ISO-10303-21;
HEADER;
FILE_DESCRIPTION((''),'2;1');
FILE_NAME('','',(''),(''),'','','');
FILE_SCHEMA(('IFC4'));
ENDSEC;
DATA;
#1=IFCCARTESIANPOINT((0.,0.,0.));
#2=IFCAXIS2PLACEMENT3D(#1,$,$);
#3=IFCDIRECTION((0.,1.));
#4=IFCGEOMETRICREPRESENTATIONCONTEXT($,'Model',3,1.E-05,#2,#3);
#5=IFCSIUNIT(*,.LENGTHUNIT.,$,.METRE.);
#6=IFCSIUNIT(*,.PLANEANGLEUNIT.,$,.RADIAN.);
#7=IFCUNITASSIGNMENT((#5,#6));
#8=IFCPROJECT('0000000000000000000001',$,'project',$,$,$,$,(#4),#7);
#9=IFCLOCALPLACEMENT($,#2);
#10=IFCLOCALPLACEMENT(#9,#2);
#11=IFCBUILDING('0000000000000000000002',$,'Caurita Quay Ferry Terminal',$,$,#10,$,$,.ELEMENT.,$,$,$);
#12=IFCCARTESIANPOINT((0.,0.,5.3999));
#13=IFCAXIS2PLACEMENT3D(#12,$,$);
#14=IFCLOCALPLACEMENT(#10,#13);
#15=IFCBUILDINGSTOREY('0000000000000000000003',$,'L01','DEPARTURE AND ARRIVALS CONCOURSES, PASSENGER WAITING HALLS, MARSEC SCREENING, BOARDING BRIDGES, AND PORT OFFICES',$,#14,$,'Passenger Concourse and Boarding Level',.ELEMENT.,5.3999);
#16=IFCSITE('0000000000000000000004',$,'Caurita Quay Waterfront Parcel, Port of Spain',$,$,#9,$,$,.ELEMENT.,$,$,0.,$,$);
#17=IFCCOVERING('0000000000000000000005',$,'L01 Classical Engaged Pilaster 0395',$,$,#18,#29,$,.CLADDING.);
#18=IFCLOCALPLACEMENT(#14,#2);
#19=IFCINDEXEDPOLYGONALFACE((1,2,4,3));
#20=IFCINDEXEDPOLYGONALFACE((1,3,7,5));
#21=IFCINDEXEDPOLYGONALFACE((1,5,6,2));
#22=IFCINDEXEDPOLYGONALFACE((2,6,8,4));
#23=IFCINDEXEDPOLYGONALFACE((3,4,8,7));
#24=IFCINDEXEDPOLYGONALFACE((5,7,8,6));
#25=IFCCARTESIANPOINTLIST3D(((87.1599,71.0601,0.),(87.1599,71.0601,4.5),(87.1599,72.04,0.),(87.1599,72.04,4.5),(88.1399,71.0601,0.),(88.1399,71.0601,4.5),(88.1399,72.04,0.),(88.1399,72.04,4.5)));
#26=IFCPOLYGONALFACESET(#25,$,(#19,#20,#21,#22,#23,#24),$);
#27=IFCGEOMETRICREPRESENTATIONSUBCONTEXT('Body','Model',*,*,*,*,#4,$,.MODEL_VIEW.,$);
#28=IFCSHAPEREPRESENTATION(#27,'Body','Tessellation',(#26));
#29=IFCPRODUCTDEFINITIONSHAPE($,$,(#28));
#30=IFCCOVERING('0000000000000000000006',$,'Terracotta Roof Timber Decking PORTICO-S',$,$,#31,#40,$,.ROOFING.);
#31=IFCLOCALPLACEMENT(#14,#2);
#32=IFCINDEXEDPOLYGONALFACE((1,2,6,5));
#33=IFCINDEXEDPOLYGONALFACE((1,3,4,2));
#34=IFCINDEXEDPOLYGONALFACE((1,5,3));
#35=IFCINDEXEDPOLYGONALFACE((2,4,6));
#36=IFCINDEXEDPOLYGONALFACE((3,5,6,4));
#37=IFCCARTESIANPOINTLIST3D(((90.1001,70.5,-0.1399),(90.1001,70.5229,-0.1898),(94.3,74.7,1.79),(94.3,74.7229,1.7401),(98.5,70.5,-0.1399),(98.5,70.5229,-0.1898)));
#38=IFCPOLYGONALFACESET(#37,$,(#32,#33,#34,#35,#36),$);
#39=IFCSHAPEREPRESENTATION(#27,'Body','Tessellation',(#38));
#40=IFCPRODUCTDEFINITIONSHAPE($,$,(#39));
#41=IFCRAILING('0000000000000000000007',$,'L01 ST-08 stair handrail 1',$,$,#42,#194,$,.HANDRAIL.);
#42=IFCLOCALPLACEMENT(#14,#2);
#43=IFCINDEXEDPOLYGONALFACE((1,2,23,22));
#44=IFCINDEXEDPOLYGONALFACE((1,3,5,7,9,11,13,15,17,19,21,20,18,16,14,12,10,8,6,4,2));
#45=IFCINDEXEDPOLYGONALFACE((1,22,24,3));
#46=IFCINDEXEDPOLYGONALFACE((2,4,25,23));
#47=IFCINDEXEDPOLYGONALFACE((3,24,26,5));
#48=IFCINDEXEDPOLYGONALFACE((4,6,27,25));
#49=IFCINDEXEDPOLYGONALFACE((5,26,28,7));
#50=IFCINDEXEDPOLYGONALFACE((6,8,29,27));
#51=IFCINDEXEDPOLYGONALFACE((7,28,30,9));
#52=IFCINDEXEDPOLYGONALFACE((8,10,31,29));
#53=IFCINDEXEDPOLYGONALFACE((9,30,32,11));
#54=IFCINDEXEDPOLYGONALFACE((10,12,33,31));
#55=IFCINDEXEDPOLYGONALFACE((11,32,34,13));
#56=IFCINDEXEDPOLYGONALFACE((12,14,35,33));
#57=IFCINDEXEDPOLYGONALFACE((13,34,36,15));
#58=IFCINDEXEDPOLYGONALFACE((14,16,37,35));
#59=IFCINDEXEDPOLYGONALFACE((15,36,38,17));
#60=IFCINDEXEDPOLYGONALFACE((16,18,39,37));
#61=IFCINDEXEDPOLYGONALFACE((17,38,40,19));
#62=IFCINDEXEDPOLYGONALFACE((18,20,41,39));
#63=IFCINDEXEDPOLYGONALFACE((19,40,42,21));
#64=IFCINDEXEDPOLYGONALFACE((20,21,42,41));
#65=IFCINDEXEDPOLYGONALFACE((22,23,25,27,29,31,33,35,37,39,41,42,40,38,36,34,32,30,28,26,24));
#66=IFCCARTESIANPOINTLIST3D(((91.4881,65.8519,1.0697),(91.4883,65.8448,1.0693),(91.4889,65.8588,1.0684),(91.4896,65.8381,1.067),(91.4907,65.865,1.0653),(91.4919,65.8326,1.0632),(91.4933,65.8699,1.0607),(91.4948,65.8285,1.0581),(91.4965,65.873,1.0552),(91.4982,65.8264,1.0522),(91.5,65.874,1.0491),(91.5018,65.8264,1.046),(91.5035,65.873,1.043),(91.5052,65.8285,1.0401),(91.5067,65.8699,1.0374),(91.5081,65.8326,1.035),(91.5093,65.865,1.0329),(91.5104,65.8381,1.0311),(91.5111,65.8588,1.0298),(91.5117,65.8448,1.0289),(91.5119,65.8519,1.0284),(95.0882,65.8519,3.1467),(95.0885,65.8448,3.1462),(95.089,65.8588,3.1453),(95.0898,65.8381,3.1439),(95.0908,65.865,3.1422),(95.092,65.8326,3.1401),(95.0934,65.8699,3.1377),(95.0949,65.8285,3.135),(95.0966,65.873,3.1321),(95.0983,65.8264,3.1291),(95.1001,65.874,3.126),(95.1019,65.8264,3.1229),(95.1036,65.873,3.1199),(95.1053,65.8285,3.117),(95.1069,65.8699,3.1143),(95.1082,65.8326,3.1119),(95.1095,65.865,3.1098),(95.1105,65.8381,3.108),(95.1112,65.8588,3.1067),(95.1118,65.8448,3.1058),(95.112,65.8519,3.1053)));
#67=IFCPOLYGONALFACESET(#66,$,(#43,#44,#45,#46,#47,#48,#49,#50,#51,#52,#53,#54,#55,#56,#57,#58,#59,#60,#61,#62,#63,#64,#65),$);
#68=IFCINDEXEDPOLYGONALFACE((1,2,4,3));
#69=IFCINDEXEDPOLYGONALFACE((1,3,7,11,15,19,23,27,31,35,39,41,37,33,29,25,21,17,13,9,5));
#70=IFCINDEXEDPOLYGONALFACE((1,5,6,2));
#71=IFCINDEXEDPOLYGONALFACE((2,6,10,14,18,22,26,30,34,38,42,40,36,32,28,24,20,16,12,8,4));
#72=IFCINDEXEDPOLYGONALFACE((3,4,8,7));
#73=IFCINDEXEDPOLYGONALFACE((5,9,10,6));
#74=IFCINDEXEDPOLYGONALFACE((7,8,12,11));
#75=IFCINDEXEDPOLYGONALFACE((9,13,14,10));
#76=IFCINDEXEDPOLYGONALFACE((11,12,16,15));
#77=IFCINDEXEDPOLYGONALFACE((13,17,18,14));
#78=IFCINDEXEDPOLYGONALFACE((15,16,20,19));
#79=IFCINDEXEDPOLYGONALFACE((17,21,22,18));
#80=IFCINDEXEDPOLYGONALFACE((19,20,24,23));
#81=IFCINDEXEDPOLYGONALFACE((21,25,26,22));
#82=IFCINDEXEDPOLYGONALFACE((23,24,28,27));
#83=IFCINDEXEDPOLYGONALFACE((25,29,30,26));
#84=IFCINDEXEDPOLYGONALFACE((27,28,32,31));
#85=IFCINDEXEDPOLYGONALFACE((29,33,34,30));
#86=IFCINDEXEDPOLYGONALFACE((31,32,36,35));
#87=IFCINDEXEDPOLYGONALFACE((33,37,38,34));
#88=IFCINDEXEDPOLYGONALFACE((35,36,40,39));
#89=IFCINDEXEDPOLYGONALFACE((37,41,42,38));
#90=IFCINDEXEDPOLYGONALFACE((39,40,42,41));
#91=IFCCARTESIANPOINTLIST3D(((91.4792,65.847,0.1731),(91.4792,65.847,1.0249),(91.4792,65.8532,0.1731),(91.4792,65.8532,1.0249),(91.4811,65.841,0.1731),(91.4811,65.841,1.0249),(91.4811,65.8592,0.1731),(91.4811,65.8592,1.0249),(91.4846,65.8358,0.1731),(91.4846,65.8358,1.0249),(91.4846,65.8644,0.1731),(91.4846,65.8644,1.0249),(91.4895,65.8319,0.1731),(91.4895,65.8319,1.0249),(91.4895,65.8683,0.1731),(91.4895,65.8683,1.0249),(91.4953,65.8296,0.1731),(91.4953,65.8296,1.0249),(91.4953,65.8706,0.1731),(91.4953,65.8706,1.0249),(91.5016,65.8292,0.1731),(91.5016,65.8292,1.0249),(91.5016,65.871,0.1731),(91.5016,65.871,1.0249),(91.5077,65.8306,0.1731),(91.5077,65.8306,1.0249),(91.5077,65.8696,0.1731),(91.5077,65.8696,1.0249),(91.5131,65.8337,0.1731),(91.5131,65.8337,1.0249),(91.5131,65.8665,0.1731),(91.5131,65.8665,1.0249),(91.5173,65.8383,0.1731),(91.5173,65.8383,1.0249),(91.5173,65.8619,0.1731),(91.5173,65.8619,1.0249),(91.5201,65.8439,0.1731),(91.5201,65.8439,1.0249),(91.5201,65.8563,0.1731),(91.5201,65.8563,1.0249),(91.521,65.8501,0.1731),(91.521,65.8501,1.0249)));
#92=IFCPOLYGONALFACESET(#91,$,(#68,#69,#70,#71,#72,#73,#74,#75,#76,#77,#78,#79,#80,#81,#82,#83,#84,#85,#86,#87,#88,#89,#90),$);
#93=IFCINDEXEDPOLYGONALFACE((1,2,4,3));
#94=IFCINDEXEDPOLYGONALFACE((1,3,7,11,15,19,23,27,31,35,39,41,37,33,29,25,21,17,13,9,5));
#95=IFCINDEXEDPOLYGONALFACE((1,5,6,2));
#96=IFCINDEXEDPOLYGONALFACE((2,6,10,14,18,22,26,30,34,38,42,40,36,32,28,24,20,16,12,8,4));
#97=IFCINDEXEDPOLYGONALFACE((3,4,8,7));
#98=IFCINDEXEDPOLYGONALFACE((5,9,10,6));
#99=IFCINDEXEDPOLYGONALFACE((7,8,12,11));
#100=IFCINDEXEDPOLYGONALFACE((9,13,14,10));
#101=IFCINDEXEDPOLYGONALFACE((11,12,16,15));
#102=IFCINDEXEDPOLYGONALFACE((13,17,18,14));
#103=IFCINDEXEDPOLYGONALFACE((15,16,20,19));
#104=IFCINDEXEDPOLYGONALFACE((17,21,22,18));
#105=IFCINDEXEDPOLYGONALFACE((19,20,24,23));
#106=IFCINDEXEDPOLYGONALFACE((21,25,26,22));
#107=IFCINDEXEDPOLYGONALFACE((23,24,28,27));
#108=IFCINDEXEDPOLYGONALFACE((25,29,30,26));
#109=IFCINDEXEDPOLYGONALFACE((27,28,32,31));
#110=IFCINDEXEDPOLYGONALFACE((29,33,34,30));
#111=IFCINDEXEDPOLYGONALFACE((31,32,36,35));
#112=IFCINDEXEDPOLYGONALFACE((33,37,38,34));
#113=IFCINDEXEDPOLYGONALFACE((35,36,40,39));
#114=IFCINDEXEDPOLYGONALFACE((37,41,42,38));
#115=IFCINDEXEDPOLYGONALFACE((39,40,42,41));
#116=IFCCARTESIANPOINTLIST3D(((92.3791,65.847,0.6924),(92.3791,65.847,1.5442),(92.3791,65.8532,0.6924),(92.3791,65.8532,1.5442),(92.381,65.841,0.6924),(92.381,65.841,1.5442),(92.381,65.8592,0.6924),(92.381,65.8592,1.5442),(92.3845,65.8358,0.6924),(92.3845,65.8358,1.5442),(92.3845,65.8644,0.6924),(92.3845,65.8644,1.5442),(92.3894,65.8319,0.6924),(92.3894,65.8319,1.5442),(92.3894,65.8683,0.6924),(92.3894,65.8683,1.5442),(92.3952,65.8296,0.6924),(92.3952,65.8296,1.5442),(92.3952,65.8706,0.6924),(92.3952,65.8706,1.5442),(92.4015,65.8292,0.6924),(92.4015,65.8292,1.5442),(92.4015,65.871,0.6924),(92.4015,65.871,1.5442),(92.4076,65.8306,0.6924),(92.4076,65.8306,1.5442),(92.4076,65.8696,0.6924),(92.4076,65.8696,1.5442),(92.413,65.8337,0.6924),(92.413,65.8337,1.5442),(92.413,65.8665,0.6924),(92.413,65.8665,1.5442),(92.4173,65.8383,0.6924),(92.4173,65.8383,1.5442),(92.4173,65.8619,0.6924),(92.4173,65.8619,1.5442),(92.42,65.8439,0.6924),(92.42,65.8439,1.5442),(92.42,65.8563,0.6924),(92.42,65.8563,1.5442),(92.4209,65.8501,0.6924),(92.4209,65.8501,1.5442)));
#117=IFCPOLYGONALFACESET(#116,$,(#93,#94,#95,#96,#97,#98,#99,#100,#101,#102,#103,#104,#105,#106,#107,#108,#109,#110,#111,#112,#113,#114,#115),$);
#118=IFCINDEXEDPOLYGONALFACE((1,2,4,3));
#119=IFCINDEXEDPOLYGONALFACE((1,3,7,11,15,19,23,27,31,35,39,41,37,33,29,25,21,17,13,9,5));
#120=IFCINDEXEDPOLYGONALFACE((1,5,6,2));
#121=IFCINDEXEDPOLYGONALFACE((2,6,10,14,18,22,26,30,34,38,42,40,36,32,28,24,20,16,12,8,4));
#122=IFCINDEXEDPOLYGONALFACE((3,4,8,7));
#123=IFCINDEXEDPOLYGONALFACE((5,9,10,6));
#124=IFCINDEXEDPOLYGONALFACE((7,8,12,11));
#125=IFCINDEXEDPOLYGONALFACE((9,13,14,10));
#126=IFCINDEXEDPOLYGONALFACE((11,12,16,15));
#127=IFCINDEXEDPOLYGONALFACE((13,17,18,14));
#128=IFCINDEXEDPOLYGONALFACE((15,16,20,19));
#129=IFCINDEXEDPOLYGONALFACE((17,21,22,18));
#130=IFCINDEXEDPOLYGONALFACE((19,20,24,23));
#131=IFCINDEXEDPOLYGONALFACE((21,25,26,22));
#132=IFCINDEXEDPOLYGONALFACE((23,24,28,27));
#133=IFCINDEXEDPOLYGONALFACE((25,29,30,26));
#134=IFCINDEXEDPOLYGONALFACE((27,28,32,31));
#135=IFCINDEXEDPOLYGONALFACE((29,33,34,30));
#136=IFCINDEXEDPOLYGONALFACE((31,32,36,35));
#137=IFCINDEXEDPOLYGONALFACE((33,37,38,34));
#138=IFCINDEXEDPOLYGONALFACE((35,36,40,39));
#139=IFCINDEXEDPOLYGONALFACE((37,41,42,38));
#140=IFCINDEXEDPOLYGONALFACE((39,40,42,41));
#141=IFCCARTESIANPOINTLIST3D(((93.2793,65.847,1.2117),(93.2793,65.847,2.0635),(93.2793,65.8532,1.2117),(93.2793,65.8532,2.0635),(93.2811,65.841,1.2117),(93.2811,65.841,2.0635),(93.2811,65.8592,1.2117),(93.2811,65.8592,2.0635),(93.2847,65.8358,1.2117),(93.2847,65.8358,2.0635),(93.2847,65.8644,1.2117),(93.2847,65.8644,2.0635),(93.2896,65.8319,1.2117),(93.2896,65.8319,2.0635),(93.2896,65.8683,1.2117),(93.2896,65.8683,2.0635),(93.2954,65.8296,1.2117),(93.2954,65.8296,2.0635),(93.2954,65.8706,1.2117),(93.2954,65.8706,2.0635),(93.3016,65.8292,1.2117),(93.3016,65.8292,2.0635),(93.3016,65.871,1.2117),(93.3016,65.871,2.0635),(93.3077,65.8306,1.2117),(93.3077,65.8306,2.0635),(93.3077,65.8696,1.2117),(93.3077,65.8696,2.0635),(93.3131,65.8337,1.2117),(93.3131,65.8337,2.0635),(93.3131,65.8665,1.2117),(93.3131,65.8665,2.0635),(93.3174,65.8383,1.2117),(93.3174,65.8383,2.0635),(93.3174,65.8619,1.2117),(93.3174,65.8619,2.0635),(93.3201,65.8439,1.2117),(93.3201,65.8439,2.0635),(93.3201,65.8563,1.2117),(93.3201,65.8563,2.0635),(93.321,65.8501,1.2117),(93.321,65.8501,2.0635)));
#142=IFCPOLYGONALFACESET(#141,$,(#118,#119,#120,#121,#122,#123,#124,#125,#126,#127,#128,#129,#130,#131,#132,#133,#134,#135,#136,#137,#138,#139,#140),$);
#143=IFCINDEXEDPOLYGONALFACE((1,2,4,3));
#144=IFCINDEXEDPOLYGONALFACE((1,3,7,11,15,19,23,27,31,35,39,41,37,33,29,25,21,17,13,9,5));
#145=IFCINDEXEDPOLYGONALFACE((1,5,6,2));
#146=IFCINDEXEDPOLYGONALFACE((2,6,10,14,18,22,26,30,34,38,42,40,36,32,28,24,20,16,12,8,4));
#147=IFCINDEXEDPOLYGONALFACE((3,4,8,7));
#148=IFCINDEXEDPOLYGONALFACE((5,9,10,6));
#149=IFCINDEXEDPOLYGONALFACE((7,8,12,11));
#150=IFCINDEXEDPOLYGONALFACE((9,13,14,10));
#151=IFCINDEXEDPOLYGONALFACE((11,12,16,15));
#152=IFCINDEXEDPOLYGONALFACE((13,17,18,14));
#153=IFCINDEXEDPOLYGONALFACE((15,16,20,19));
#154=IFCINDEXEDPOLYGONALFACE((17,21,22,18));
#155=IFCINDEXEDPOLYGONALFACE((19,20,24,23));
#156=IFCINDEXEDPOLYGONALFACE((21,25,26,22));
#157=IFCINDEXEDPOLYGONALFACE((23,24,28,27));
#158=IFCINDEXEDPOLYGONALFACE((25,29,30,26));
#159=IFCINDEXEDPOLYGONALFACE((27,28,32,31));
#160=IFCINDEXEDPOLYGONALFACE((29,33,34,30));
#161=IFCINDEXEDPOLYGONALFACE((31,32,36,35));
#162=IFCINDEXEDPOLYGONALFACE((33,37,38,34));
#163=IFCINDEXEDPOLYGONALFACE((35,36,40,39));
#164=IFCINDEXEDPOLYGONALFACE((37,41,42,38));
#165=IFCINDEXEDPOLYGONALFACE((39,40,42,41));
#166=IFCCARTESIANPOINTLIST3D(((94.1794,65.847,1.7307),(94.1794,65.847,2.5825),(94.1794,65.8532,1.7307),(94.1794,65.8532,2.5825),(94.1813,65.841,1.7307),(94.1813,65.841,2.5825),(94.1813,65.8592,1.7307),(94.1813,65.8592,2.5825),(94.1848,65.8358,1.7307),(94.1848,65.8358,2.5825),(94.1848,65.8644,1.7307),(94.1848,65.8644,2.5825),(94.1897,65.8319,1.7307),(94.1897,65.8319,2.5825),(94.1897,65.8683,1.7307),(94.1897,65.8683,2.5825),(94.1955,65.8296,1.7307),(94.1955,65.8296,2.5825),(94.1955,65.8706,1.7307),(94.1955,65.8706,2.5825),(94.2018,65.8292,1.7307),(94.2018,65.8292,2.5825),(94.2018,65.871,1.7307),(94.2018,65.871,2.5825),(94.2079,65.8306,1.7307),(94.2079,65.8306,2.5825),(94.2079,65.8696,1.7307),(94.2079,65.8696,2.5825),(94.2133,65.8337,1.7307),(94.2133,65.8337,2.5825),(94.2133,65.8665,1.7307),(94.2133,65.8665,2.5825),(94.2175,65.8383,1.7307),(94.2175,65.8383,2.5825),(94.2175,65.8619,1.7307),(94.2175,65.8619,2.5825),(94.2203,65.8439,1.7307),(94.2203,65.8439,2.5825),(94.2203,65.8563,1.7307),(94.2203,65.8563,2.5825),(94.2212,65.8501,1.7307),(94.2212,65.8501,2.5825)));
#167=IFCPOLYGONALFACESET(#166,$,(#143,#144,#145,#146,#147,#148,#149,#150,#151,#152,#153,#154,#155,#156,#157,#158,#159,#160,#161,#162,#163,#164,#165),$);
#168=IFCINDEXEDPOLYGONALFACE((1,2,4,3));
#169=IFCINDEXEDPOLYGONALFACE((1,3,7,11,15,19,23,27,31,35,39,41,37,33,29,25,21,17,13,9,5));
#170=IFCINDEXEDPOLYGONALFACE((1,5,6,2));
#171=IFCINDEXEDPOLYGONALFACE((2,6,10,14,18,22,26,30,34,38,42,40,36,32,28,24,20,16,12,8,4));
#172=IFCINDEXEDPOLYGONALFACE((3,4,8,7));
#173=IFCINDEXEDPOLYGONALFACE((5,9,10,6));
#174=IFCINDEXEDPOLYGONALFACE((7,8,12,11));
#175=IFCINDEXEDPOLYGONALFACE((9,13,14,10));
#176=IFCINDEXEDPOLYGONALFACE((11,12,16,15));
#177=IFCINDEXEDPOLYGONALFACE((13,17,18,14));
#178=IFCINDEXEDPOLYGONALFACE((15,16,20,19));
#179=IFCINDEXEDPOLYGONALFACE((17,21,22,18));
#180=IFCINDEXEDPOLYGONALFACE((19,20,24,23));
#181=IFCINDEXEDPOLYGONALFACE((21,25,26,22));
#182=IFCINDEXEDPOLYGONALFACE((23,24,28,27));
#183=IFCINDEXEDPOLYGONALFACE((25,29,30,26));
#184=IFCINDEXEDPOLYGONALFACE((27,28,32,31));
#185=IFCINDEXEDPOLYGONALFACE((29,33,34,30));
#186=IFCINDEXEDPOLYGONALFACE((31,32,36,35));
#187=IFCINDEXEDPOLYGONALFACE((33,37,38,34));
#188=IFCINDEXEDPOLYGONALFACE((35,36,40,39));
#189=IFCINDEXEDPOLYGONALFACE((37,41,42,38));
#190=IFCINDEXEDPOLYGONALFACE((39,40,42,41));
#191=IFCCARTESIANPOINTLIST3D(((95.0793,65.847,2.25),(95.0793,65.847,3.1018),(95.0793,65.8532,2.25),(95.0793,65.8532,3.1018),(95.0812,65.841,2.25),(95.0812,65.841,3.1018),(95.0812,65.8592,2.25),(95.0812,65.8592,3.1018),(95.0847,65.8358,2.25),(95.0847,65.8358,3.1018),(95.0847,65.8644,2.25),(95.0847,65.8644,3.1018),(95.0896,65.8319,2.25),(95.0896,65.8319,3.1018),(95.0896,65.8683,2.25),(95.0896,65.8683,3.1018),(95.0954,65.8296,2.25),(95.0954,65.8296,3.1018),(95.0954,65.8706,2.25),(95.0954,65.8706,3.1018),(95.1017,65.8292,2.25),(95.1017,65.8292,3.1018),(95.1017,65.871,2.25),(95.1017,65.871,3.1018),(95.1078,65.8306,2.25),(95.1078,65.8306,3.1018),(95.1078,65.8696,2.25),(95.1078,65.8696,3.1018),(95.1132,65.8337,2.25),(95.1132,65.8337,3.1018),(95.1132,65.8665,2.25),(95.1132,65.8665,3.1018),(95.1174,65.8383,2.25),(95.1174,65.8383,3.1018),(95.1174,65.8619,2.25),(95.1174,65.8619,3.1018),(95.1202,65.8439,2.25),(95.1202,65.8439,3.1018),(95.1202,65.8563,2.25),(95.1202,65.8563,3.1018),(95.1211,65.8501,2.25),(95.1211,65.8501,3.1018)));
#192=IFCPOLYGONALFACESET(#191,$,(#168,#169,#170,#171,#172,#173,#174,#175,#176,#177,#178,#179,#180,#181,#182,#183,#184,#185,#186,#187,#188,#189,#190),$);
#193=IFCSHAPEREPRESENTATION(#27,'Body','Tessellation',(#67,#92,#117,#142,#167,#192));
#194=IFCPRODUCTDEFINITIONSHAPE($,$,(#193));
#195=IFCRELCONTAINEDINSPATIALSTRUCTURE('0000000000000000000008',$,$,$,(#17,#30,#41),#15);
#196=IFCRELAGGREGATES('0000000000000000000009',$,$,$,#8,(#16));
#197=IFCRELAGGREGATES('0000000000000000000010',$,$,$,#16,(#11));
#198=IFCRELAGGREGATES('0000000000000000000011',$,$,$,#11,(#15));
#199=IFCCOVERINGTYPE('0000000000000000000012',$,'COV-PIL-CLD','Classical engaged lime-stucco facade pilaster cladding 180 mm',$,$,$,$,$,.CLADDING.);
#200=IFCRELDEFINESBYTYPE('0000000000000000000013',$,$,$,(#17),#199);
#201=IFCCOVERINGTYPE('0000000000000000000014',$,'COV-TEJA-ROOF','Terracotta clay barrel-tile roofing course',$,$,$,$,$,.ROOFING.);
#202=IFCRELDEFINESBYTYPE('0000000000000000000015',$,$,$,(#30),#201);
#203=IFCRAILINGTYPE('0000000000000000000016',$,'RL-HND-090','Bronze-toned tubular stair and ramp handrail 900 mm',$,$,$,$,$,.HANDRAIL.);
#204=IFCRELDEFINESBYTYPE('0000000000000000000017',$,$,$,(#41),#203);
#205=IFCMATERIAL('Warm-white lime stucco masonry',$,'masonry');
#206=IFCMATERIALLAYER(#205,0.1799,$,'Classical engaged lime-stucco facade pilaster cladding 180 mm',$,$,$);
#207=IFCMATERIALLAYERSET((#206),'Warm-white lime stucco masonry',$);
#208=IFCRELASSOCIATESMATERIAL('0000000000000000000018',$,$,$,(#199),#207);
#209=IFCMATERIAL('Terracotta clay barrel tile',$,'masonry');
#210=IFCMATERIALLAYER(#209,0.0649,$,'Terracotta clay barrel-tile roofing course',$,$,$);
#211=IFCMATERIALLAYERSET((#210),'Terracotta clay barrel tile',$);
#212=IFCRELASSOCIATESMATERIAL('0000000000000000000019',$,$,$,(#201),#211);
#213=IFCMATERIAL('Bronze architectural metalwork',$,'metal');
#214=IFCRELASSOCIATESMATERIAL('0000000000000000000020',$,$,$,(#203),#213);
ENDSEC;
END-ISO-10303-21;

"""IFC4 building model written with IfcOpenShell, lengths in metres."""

from ifc_helpers import new_model, si_unit, direction, frame, origin, origin_2d, place, context, subcontext, project, spatial, polyline, rectangle, circle, outline, extrude, material, layer, layer_set, type_object, element, save


model = new_model("IFC4")

# Units and contexts
model_context = context("Model", 3, precision=1e-05, world=origin(), true_north=direction((0.0, 1.0)))
body_context = subcontext(model_context, "Body", "Model", "MODEL_VIEW")
ifc_project = project(units=[si_unit("LENGTHUNIT", "METRE"), si_unit("PLANEANGLEUNIT", "RADIAN")], contexts=[model_context])

# Site, building, storey
site_placement = place(None, origin())
site = spatial("IfcSite", under=ifc_project, at=site_placement, Name="Caurita Quay Waterfront Parcel, Port of Spain", CompositionType="ELEMENT", RefElevation=0.0)
building_placement = place(site_placement, origin())
building = spatial("IfcBuilding", under=site, at=building_placement, Name="Caurita Quay Ferry Terminal", CompositionType="ELEMENT")
storey_placement = place(building_placement, frame((0.0, 0.0, 5.3999)))
storey = spatial("IfcBuildingStorey", under=building, at=storey_placement, Name="L01", Description="DEPARTURE AND ARRIVALS CONCOURSES, PASSENGER WAITING HALLS, MARSEC SCREENING, BOARDING BRIDGES, AND PORT OFFICES", LongName="Passenger Concourse and Boarding Level", CompositionType="ELEMENT", Elevation=5.3999)

# Shared definitions
ifc_material_1 = material(Name="Warm-white lime stucco masonry", Category="masonry")

# Shared definitions
ifc_material_2 = material(Name="Terracotta clay barrel tile", Category="masonry")

# Coverings
ifc_layer_1 = layer(ifc_material_1, 0.1799, Name="Classical engaged lime-stucco facade pilaster cladding 180 mm")
ifc_layer_set_1 = layer_set([ifc_layer_1], Name="Warm-white lime stucco masonry")
covering_type_1 = type_object("IfcCoveringType", Name="COV-PIL-CLD", Description="Classical engaged lime-stucco facade pilaster cladding 180 mm", PredefinedType="CLADDING", material=ifc_layer_set_1)
covering_1_placement = place(storey_placement, frame((87.6499, 71.55, 0.0), z_axis=(0.0, 0.0, 1.0), x_axis=(1.0, 0.0, 0.0)))
element("IfcCovering", 1, at=covering_1_placement, inside=storey, type_object=covering_type_1, Name="L01 Classical Engaged Pilaster 0395", PredefinedType="CLADDING", context=body_context, shape_type="SweptSolid", body=[
    extrude(rectangle(XDim=0.98, YDim=0.98, at=origin_2d()), origin(), (0.0, 0.0, 1.0), 4.5),
])
ifc_layer_2 = layer(ifc_material_2, 0.0649, Name="Terracotta clay barrel-tile roofing course")
ifc_layer_set_2 = layer_set([ifc_layer_2], Name="Terracotta clay barrel tile")
covering_type_2 = type_object("IfcCoveringType", Name="COV-TEJA-ROOF", Description="Terracotta clay barrel-tile roofing course", PredefinedType="ROOFING", material=ifc_layer_set_2)
covering_2_placement = place(storey_placement, frame((90.1001, 70.5, -0.1399), z_axis=(0.0, -0.41754, 0.908658), x_axis=(1.0, 0.0, 0.0)))
element("IfcCovering", 2, at=covering_2_placement, inside=storey, type_object=covering_type_2, Name="Terracotta Roof Timber Decking PORTICO-S", PredefinedType="ROOFING", context=body_context, shape_type="SweptSolid", body=[
    extrude(outline(polyline([(0.0, 0.0), (8.3999, 0.0), (4.2, 4.6221), (0.0, 0.0)])), origin(), (0.0, 0.0, -1.0), 0.0549),
])

# Railing
ifc_material_3 = material(Name="Bronze architectural metalwork", Category="metal")
railing_type_1 = type_object("IfcRailingType", Name="RL-HND-090", Description="Bronze-toned tubular stair and ramp handrail 900 mm", PredefinedType="HANDRAIL", material=ifc_material_3)
railing_1_placement = place(storey_placement, frame((91.5, 65.8501, 0.1731)))
element("IfcRailing", 3, at=railing_1_placement, inside=storey, type_object=railing_type_1, Name="L01 ST-08 stair handrail 1", PredefinedType="HANDRAIL", context=body_context, shape_type="SweptSolid", body=[
    extrude(circle(Radius=0.0239, at=origin_2d()), frame((0.0, 0.0, 0.876), z_axis=(0.866193, 0.0, 0.499709), x_axis=(0.0, 1.0, 0.0)), (0.0, 0.0, 1.0), 4.1562),
    extrude(circle(Radius=0.021, at=origin_2d()), origin(), (0.0, 0.0, 1.0), 0.8518),
    extrude(circle(Radius=0.021, at=origin_2d()), frame((0.8999, 0.0, 0.5193)), (0.0, 0.0, 1.0), 0.8518),
    extrude(circle(Radius=0.021, at=origin_2d()), frame((1.8, 0.0, 1.0386)), (0.0, 0.0, 1.0), 0.8518),
    extrude(circle(Radius=0.021, at=origin_2d()), frame((2.7002, 0.0, 1.5576)), (0.0, 0.0, 1.0), 0.8518),
    extrude(circle(Radius=0.021, at=origin_2d()), frame((3.6001, 0.0, 2.0769)), (0.0, 0.0, 1.0), 0.8518),
])

save(model, "model.ifc")
